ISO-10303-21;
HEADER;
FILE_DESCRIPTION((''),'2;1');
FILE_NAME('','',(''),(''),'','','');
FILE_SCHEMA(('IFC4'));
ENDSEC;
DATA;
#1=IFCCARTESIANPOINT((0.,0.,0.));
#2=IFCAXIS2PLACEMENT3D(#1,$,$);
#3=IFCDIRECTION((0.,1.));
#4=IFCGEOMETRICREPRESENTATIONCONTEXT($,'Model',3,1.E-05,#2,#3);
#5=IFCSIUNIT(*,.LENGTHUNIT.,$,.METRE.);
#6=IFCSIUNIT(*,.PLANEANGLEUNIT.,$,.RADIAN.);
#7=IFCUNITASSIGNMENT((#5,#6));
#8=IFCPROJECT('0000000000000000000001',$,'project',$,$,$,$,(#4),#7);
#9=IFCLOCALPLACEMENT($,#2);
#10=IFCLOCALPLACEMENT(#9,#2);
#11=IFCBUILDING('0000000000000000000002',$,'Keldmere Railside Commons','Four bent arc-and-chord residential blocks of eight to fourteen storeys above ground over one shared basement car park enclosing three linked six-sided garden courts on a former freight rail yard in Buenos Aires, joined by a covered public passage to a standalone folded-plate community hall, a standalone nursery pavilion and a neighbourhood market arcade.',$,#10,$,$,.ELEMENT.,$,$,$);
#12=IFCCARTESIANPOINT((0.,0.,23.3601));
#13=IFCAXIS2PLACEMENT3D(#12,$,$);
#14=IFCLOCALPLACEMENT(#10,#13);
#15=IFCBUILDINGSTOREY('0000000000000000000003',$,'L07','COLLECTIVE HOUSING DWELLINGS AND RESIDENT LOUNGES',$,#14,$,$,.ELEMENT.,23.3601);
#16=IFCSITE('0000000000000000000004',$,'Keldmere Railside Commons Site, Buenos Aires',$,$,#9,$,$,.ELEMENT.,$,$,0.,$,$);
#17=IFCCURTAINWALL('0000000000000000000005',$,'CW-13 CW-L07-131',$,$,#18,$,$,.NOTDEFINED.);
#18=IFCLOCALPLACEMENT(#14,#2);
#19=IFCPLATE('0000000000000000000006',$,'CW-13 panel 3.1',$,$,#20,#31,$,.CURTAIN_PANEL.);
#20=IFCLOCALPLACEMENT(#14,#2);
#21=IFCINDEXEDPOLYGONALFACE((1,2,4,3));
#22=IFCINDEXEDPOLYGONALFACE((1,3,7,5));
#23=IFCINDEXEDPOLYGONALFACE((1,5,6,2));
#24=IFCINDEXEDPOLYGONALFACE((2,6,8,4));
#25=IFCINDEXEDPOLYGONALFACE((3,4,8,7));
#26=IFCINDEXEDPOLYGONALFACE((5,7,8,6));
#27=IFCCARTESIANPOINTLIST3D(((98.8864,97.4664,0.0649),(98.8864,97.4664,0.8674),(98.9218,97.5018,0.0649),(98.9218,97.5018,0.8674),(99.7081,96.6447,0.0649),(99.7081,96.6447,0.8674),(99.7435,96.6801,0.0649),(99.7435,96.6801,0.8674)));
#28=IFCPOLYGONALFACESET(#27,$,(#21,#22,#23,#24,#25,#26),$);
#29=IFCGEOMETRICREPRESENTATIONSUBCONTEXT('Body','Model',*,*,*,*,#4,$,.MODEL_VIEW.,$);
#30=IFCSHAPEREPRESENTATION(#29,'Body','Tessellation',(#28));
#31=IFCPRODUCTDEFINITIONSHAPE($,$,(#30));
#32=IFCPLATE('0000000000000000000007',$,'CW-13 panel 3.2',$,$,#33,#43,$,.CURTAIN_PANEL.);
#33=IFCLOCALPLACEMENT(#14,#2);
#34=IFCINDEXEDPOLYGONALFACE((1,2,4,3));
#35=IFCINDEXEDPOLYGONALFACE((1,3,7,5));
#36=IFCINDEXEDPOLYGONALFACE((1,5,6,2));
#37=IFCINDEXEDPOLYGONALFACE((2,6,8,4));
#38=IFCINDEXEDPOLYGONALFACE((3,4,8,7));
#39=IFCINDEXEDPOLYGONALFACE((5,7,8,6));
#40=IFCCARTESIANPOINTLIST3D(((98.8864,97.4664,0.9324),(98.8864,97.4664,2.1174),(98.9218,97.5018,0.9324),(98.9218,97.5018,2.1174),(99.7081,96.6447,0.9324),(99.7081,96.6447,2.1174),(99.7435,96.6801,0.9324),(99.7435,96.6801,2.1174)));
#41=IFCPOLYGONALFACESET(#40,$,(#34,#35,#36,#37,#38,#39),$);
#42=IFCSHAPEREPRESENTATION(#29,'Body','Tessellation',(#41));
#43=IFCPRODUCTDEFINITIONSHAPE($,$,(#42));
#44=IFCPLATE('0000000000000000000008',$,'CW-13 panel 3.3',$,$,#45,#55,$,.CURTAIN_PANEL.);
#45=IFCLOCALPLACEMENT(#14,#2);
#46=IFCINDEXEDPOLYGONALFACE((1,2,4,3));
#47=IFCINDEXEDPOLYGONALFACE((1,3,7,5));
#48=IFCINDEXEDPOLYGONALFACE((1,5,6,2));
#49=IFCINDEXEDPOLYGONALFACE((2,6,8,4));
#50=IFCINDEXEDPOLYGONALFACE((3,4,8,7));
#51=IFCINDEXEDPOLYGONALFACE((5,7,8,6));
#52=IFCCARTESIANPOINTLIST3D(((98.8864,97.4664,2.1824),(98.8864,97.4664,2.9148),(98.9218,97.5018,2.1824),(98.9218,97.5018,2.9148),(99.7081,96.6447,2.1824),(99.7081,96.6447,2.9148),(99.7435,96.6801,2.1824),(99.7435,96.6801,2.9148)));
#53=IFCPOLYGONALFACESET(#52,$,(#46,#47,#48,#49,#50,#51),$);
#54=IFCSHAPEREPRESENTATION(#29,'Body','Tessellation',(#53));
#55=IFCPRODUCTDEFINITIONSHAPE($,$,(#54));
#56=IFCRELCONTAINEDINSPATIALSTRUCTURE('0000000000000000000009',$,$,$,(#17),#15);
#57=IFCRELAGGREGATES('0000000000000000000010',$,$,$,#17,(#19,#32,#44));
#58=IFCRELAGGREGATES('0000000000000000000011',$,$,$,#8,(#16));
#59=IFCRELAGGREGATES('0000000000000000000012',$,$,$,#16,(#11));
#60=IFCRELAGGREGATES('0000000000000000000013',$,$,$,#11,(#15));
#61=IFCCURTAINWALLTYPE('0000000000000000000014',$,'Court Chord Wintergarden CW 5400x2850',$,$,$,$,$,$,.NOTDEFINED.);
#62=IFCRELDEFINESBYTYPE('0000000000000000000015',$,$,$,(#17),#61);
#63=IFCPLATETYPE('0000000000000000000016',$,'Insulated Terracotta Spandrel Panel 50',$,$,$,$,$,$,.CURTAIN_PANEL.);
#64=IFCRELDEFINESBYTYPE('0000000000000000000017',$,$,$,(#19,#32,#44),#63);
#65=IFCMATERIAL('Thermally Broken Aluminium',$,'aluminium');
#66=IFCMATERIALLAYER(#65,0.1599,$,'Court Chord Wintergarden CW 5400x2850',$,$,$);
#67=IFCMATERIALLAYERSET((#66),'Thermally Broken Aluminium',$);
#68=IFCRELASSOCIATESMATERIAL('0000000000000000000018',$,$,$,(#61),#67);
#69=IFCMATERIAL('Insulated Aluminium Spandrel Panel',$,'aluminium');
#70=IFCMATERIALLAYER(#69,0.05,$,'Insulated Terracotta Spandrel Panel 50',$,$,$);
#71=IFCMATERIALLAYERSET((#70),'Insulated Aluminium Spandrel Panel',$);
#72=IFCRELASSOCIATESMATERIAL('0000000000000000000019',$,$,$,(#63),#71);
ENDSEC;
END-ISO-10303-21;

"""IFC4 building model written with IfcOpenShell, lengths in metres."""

from ifc_helpers import new_model, si_unit, direction, frame, origin, origin_2d, place, context, subcontext, project, spatial, rectangle, extrude, material, layer, layer_set, type_object, element, aggregate, save


model = new_model("IFC4")

# Units and contexts
model_context = context("Model", 3, precision=1e-05, world=origin(), true_north=direction((0.0, 1.0)))
body_context = subcontext(model_context, "Body", "Model", "MODEL_VIEW")
ifc_project = project(units=[si_unit("LENGTHUNIT", "METRE"), si_unit("PLANEANGLEUNIT", "RADIAN")], contexts=[model_context])

# Site, building, storey
site_placement = place(None, origin())
site = spatial("IfcSite", under=ifc_project, at=site_placement, Name="Keldmere Railside Commons Site, Buenos Aires", CompositionType="ELEMENT", RefElevation=0.0)
building_placement = place(site_placement, origin())
building = spatial("IfcBuilding", under=site, at=building_placement, Name="Keldmere Railside Commons", Description="Four bent arc-and-chord residential blocks of eight to fourteen storeys above ground over one shared basement car park enclosing three linked six-sided garden courts on a former freight rail yard in Buenos Aires, joined by a covered public passage to a standalone folded-plate community hall, a standalone nursery pavilion and a neighbourhood market arcade.", CompositionType="ELEMENT")
storey_placement = place(building_placement, frame((0.0, 0.0, 23.3601)))
storey = spatial("IfcBuildingStorey", under=building, at=storey_placement, Name="L07", Description="COLLECTIVE HOUSING DWELLINGS AND RESIDENT LOUNGES", CompositionType="ELEMENT", Elevation=23.3601)

# Shared definitions
ifc_material_1 = material(Name="Thermally Broken Aluminium", Category="aluminium")

# Curtain wall
ifc_layer_1 = layer(ifc_material_1, 0.1599, Name="Court Chord Wintergarden CW 5400x2850")
ifc_layer_set_1 = layer_set([ifc_layer_1], Name="Thermally Broken Aluminium")
curtain_wall_type_1 = type_object("IfcCurtainWallType", Name="Court Chord Wintergarden CW 5400x2850", PredefinedType="NOTDEFINED", material=ifc_layer_set_1)
curtain_wall_1_placement = place(storey_placement, origin())
curtain_wall_1 = element("IfcCurtainWall", 1, at=curtain_wall_1_placement, inside=storey, type_object=curtain_wall_type_1, Name="CW-13 CW-L07-131", PredefinedType="NOTDEFINED")

# Plates
ifc_material_2 = material(Name="Insulated Aluminium Spandrel Panel", Category="aluminium")
ifc_layer_2 = layer(ifc_material_2, 0.05, Name="Insulated Terracotta Spandrel Panel 50")
ifc_layer_set_2 = layer_set([ifc_layer_2], Name="Insulated Aluminium Spandrel Panel")
plate_type_1 = type_object("IfcPlateType", Name="Insulated Terracotta Spandrel Panel 50", PredefinedType="CURTAIN_PANEL", material=ifc_layer_set_2)
plate_1_placement = place(storey_placement, frame((99.3149, 97.0732, 0.0649), z_axis=(0.0, 0.0, 1.0), x_axis=(-0.707107, 0.707107, 0.0)))
plate_1 = element("IfcPlate", 2, at=plate_1_placement, type_object=plate_type_1, Name="CW-13 panel 3.1", PredefinedType="CURTAIN_PANEL", context=body_context, shape_type="SweptSolid", body=[
    extrude(rectangle(XDim=1.1621, YDim=0.05, at=origin_2d()), origin(), (0.0, 0.0, 1.0), 0.8025),
])
plate_2_placement = place(storey_placement, frame((99.3149, 97.0732, 0.9324), z_axis=(0.0, 0.0, 1.0), x_axis=(-0.707107, 0.707107, 0.0)))
plate_2 = element("IfcPlate", 3, at=plate_2_placement, type_object=plate_type_1, Name="CW-13 panel 3.2", PredefinedType="CURTAIN_PANEL", context=body_context, shape_type="SweptSolid", body=[
    extrude(rectangle(XDim=1.1621, YDim=0.05, at=origin_2d()), origin(), (0.0, 0.0, 1.0), 1.1851),
])
plate_3_placement = place(storey_placement, frame((99.3149, 97.0732, 2.1824), z_axis=(0.0, 0.0, 1.0), x_axis=(-0.707107, 0.707107, 0.0)))
plate_3 = element("IfcPlate", 4, at=plate_3_placement, type_object=plate_type_1, Name="CW-13 panel 3.3", PredefinedType="CURTAIN_PANEL", context=body_context, shape_type="SweptSolid", body=[
    extrude(rectangle(XDim=1.1621, YDim=0.05, at=origin_2d()), origin(), (0.0, 0.0, 1.0), 0.7324),
])
aggregate(curtain_wall_1, [plate_1, plate_2, plate_3])

save(model, "model.ifc")
